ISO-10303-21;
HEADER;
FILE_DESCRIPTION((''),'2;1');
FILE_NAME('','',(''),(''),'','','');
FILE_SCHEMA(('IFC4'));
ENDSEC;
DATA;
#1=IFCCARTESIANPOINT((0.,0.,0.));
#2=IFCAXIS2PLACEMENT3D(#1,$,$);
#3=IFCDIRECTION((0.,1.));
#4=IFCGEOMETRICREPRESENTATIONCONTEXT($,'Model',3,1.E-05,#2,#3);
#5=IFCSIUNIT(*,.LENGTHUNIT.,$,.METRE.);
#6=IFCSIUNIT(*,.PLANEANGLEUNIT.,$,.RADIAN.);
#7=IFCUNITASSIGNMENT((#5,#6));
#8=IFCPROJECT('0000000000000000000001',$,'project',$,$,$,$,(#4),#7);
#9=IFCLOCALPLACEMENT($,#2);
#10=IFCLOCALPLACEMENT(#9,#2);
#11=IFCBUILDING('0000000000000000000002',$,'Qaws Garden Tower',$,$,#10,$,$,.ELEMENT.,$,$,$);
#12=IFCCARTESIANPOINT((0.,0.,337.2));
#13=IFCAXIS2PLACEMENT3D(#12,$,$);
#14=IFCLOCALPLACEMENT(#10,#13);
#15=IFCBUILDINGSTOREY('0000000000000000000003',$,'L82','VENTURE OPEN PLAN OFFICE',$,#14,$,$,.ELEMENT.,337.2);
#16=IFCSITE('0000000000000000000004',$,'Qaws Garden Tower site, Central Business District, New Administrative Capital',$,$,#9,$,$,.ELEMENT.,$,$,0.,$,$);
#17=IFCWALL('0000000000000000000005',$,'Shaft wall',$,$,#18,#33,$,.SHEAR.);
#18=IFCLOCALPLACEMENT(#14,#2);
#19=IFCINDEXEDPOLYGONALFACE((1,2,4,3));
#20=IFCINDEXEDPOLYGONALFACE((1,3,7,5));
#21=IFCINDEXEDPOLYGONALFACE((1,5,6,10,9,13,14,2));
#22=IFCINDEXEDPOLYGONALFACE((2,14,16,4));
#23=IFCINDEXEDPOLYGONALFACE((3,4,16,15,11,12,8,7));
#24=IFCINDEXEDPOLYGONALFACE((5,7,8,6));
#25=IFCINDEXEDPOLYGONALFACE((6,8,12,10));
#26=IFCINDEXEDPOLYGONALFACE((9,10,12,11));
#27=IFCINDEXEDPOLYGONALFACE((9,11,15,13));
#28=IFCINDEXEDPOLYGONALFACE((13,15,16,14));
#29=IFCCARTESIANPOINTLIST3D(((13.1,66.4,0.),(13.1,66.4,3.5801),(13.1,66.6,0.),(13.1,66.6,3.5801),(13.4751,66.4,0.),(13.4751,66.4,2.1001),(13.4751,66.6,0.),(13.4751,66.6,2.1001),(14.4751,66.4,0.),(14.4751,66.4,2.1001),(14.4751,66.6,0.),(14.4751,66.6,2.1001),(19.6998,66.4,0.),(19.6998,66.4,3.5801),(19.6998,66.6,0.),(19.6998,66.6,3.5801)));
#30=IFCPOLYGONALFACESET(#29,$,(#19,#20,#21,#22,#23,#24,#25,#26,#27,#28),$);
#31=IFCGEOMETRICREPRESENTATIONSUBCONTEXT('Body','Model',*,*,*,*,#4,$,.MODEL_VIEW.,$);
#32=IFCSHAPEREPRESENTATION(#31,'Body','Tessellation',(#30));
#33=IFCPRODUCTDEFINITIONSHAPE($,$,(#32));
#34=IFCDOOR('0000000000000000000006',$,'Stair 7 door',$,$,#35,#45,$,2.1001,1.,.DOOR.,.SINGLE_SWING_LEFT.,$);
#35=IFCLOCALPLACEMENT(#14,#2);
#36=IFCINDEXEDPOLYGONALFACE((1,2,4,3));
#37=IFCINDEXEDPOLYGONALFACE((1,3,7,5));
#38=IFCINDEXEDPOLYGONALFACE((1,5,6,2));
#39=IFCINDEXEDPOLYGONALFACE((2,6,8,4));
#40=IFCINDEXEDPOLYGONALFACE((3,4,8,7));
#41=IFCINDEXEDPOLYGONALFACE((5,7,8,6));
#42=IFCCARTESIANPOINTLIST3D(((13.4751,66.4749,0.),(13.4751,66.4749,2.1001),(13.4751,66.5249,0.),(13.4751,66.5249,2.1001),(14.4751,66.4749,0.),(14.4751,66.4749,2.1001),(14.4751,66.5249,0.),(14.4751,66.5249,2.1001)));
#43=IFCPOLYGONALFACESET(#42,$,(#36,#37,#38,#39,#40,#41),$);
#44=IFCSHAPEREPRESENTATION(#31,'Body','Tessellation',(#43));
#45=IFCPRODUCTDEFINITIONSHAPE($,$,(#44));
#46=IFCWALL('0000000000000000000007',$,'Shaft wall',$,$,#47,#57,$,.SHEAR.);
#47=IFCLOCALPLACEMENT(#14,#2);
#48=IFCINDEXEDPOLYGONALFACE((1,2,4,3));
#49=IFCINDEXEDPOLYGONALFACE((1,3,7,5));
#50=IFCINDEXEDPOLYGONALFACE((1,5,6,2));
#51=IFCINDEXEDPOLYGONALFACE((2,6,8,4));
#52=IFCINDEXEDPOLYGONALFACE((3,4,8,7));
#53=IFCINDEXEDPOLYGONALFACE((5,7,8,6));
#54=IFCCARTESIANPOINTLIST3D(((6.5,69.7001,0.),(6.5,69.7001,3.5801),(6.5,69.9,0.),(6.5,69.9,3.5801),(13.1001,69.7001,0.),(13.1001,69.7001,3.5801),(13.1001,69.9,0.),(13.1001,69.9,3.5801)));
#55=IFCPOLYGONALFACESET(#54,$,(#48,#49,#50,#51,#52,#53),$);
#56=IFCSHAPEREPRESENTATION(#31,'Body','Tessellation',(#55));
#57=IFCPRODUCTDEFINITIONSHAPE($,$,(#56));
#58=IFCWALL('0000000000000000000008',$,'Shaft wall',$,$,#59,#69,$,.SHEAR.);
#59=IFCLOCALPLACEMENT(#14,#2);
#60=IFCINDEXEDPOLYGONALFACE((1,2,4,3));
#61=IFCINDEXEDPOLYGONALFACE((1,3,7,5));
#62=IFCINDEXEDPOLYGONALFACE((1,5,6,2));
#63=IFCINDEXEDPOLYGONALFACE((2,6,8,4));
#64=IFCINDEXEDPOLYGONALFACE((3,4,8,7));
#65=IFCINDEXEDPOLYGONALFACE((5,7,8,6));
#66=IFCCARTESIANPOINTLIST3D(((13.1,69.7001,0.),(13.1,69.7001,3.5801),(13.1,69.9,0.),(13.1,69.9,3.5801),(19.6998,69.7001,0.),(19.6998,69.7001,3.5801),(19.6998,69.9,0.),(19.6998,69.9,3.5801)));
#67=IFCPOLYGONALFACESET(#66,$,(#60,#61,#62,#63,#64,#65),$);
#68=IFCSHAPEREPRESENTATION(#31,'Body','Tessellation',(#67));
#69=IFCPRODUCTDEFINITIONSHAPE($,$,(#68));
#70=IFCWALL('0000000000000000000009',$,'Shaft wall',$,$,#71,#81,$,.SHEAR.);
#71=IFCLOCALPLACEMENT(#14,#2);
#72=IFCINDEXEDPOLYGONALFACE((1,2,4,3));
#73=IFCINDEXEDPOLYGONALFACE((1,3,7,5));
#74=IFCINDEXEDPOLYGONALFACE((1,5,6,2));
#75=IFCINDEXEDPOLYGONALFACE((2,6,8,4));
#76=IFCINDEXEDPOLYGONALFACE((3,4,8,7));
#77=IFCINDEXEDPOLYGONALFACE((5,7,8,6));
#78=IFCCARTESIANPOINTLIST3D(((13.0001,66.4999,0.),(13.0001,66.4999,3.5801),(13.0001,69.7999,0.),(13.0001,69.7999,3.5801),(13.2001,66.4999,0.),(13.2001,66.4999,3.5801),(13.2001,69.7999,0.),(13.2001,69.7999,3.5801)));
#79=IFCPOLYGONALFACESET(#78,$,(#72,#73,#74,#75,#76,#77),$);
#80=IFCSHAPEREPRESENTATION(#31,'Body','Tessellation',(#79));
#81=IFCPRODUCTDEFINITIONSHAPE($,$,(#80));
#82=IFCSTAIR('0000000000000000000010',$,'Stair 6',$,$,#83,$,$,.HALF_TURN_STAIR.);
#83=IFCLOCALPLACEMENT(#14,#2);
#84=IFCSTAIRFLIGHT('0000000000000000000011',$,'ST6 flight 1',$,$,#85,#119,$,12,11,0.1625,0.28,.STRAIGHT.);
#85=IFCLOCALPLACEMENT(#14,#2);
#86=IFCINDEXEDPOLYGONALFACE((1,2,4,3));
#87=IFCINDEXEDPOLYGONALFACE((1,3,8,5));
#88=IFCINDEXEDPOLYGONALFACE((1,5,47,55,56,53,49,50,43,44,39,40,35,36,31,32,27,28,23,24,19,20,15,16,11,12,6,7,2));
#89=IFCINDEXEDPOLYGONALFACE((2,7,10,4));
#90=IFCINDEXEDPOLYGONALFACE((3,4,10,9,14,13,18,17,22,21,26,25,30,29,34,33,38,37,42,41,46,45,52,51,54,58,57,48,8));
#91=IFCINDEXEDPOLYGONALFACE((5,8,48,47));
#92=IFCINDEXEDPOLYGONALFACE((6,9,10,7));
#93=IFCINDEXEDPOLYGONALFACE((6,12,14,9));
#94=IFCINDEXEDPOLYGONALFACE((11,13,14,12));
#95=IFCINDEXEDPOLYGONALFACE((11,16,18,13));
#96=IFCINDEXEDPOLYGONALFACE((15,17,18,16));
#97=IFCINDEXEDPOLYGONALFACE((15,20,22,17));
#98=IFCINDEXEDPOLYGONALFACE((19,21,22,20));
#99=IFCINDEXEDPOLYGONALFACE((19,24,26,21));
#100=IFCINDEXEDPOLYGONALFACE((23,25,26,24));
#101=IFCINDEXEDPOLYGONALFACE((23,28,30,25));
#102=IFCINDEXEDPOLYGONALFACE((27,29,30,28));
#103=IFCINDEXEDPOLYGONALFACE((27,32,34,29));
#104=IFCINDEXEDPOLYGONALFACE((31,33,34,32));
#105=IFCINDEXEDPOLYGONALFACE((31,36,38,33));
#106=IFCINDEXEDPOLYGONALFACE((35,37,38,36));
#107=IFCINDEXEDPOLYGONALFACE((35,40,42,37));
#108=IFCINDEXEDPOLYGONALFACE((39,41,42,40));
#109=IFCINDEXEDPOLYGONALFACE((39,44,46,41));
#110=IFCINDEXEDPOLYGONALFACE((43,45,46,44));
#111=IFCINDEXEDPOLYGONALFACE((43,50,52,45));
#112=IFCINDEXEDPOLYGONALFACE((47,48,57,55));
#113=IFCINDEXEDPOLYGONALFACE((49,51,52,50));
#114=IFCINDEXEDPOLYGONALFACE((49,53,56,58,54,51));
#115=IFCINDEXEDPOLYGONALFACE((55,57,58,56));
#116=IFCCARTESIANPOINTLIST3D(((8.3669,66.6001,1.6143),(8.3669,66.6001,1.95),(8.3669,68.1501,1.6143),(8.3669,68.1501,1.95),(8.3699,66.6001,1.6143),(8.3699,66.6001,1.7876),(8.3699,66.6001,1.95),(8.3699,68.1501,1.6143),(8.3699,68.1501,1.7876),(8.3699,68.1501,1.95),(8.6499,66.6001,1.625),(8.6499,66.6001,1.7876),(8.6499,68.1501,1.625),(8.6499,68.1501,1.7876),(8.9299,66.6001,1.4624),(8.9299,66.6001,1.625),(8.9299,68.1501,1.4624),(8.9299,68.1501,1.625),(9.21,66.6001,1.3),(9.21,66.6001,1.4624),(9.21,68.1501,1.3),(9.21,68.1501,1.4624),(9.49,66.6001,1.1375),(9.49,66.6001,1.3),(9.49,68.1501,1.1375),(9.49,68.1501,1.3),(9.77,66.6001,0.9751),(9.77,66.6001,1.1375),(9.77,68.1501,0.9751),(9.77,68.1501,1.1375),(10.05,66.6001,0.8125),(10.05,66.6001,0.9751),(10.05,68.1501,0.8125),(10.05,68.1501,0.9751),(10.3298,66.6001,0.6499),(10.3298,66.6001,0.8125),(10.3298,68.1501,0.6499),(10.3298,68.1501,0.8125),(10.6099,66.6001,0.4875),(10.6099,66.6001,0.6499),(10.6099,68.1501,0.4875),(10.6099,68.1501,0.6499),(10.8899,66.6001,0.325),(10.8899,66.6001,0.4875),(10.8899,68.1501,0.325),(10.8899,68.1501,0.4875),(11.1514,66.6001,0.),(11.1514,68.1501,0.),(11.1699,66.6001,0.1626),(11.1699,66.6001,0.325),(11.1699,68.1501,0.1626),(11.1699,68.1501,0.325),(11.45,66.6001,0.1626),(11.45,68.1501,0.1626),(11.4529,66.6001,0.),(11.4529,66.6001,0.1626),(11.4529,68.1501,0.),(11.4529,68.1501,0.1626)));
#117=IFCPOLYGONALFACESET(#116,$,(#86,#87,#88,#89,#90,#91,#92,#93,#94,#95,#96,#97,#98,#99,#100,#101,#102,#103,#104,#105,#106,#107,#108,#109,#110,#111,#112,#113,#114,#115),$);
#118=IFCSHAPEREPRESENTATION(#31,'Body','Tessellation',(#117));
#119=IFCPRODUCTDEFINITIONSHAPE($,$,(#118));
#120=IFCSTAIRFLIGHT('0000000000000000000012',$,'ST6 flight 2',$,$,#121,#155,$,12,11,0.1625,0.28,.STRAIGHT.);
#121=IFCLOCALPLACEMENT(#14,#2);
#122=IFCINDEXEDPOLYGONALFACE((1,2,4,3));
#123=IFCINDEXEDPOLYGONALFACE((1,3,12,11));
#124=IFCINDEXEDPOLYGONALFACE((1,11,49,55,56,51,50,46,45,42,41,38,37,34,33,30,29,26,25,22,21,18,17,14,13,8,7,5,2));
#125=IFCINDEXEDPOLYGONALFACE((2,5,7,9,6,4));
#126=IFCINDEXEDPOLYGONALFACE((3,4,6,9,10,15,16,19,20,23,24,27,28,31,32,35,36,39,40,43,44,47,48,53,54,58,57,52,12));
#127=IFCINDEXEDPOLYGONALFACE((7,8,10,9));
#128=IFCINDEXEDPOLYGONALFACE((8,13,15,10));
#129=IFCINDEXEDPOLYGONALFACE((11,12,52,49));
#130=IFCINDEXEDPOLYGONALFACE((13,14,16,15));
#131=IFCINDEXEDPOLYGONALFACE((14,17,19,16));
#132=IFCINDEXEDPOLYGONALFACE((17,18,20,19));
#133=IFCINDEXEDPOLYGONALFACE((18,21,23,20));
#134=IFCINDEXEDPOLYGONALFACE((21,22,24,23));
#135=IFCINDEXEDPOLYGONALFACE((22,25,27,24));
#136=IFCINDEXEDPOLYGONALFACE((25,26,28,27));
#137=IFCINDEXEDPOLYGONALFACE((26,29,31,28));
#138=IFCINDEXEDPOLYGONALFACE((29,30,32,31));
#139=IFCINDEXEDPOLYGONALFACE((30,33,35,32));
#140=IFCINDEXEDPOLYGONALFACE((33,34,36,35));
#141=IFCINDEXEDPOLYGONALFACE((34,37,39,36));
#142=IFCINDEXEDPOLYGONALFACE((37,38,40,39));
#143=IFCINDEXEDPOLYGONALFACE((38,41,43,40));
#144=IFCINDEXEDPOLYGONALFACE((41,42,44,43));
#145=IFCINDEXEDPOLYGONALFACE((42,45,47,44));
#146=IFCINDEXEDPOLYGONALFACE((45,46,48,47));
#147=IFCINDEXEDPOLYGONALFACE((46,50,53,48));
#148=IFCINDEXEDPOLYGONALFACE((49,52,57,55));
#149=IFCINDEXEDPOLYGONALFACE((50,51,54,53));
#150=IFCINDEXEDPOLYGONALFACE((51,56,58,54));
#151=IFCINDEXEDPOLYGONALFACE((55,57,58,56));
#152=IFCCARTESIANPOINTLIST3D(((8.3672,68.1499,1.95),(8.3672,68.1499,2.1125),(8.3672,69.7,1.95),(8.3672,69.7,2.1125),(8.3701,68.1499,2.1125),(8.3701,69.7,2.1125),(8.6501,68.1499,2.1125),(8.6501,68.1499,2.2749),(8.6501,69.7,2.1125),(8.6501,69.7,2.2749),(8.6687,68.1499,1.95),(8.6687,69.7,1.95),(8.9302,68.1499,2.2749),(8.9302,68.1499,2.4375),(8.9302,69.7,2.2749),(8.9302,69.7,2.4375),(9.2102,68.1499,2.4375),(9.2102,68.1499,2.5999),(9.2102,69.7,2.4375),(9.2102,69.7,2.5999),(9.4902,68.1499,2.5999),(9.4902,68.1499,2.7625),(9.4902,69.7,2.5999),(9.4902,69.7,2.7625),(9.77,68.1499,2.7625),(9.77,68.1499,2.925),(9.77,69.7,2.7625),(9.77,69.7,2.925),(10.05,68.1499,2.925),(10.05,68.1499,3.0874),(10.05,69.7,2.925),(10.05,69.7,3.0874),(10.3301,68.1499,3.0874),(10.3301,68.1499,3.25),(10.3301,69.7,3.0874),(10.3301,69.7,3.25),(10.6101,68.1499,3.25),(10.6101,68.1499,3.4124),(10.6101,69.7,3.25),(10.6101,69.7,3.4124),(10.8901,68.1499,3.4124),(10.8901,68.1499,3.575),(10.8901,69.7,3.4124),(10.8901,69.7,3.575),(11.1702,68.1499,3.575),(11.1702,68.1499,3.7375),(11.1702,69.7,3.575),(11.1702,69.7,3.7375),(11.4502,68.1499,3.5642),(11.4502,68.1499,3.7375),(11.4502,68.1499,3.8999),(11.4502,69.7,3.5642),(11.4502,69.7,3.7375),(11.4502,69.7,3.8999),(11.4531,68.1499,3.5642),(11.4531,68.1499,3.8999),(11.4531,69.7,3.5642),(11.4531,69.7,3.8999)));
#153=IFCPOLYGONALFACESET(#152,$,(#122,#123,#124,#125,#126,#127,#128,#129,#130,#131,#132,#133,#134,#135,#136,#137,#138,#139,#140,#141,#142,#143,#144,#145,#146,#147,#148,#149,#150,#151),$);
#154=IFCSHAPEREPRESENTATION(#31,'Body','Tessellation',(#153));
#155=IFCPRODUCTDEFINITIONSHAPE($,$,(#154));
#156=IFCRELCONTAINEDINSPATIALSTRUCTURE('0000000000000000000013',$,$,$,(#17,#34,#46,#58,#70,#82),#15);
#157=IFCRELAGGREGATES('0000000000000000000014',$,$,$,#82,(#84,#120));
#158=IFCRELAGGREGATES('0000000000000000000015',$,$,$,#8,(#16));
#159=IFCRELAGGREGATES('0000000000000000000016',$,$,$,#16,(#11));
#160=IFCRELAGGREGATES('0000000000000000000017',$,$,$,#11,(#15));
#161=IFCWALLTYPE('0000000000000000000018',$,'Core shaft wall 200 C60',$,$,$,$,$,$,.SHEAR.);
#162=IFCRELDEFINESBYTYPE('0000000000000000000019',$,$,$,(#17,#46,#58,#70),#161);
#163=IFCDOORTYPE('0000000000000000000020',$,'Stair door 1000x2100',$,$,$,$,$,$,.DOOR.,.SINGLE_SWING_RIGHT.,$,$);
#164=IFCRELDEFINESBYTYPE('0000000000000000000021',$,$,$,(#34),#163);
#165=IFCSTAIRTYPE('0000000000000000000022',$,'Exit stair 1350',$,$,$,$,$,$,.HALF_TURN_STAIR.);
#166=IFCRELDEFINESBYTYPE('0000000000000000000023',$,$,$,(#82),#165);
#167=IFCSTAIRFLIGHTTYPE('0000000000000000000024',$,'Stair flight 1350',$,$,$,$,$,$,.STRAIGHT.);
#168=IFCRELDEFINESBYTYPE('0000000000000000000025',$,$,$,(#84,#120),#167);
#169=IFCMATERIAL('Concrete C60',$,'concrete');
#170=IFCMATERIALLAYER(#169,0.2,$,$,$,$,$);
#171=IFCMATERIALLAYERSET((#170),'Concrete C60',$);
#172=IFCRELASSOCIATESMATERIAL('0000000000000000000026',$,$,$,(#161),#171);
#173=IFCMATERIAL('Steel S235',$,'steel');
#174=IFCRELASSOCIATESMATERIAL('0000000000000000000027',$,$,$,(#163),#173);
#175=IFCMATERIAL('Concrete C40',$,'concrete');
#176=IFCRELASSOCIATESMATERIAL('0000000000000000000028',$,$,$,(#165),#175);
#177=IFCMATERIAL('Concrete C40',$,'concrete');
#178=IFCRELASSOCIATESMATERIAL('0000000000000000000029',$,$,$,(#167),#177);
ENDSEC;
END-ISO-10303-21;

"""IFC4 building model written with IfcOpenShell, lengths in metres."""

from ifc_helpers import new_model, si_unit, direction, frame, frame_2d, origin, place, context, subcontext, project, spatial, polyline, rectangle, outline, extrude, material, layer, layer_set, type_object, element, fill, aggregate, save


model = new_model("IFC4")

# Units and contexts
model_context = context("Model", 3, precision=1e-05, world=origin(), true_north=direction((0.0, 1.0)))
body_context = subcontext(model_context, "Body", "Model", "MODEL_VIEW")
ifc_project = project(units=[si_unit("LENGTHUNIT", "METRE"), si_unit("PLANEANGLEUNIT", "RADIAN")], contexts=[model_context])

# Site, building, storey
site_placement = place(None, origin())
site = spatial("IfcSite", under=ifc_project, at=site_placement, Name="Qaws Garden Tower site, Central Business District, New Administrative Capital", CompositionType="ELEMENT", RefElevation=0.0)
building_placement = place(site_placement, origin())
building = spatial("IfcBuilding", under=site, at=building_placement, Name="Qaws Garden Tower", CompositionType="ELEMENT")
storey_placement = place(building_placement, frame((0.0, 0.0, 337.2)))
storey = spatial("IfcBuildingStorey", under=building, at=storey_placement, Name="L82", Description="VENTURE OPEN PLAN OFFICE", CompositionType="ELEMENT", Elevation=337.2)

# Wall, opening, door
ifc_material_1 = material(Name="Concrete C60", Category="concrete")
ifc_layer_1 = layer(ifc_material_1, 0.2)
ifc_layer_set_1 = layer_set([ifc_layer_1], Name="Concrete C60")
wall_type_1 = type_object("IfcWallType", Name="Core shaft wall 200 C60", PredefinedType="SHEAR", material=ifc_layer_set_1)
wall_1_placement = place(storey_placement, frame((13.1001, 66.5, 0.0), z_axis=(0.0, 0.0, 1.0), x_axis=(1.0, 0.0, 0.0)))
wall_1 = element("IfcWall", 1, at=wall_1_placement, inside=storey, type_object=wall_type_1, Name="Shaft wall", PredefinedType="SHEAR", context=body_context, shape_type="SweptSolid", body=[
    extrude(rectangle(XDim=6.5999, YDim=0.2, at=frame_2d((3.2998, 0.0))), origin(), (0.0, 0.0, 1.0), 3.5801),
])
opening_1_placement = place(wall_1_placement, frame((0.375, 0.0, 0.0)))
opening_1 = element("IfcOpeningElement", 2, at=opening_1_placement, cuts=wall_1, PredefinedType="OPENING", context=body_context, shape_type="SweptSolid", body=[
    extrude(rectangle(XDim=1.0, YDim=2.1001, at=frame_2d((0.5, 1.05))), frame((0.0, 0.1099, 0.0), z_axis=(0.0, -1.0, 0.0), x_axis=(1.0, 0.0, 0.0)), (0.0, 0.0, 1.0), 0.22),
])
ifc_material_2 = material(Name="Steel S235", Category="steel")
door_type = type_object("IfcDoorType", Name="Stair door 1000x2100", OperationType="SINGLE_SWING_RIGHT", PredefinedType="DOOR", material=ifc_material_2)
door_placement = place(opening_1_placement, origin())
door = element("IfcDoor", 3, at=door_placement, inside=storey, type_object=door_type, Name="Stair 7 door", OperationType="SINGLE_SWING_LEFT", OverallHeight=2.1001, OverallWidth=1.0, PredefinedType="DOOR", context=body_context, shape_type="SweptSolid", body=[
    extrude(rectangle(XDim=1.0, YDim=2.1001, at=frame_2d((0.5, 1.05))), frame((0.0, 0.0249, 0.0), z_axis=(0.0, -1.0, 0.0), x_axis=(1.0, 0.0, 0.0)), (0.0, 0.0, 1.0), 0.05),
])
fill(opening_1, door)

# Walls
wall_2_placement = place(storey_placement, frame((6.5, 69.8, 0.0), z_axis=(0.0, 0.0, 1.0), x_axis=(1.0, 0.0, 0.0)))
element("IfcWall", 4, at=wall_2_placement, inside=storey, type_object=wall_type_1, Name="Shaft wall", PredefinedType="SHEAR", context=body_context, shape_type="SweptSolid", body=[
    extrude(rectangle(XDim=6.6001, YDim=0.2, at=frame_2d((3.3, 0.0))), origin(), (0.0, 0.0, 1.0), 3.5801),
])
wall_3_placement = place(storey_placement, frame((13.1001, 69.8, 0.0), z_axis=(0.0, 0.0, 1.0), x_axis=(1.0, 0.0, 0.0)))
element("IfcWall", 5, at=wall_3_placement, inside=storey, type_object=wall_type_1, Name="Shaft wall", PredefinedType="SHEAR", context=body_context, shape_type="SweptSolid", body=[
    extrude(rectangle(XDim=6.5999, YDim=0.2, at=frame_2d((3.2998, 0.0))), origin(), (0.0, 0.0, 1.0), 3.5801),
])
wall_4_placement = place(storey_placement, frame((13.1001, 66.5, 0.0), z_axis=(0.0, 0.0, 1.0), x_axis=(0.0, 1.0, 0.0)))
element("IfcWall", 6, at=wall_4_placement, inside=storey, type_object=wall_type_1, Name="Shaft wall", PredefinedType="SHEAR", context=body_context, shape_type="SweptSolid", body=[
    extrude(rectangle(XDim=3.3, YDim=0.2, at=frame_2d((1.6499, 0.0))), origin(), (0.0, 0.0, 1.0), 3.5801),
])

# Stair, stair flights
ifc_material_3 = material(Name="Concrete C40", Category="concrete")
stair_type = type_object("IfcStairType", Name="Exit stair 1350", PredefinedType="HALF_TURN_STAIR", material=ifc_material_3)
stair_placement = place(storey_placement, origin())
stair = element("IfcStair", 7, at=stair_placement, inside=storey, type_object=stair_type, Name="Stair 6", PredefinedType="HALF_TURN_STAIR")
ifc_material_4 = material(Name="Concrete C40", Category="concrete")
stair_flight_type = type_object("IfcStairFlightType", Name="Stair flight 1350", PredefinedType="STRAIGHT", material=ifc_material_4)
stair_flight_1_placement = place(storey_placement, frame((11.45, 67.375, 0.0), z_axis=(0.0, 0.0, 1.0), x_axis=(-1.0, 0.0, 0.0)))
stair_flight_1 = element("IfcStairFlight", 8, at=stair_flight_1_placement, type_object=stair_flight_type, Name="ST6 flight 1", NumberOfRisers=12, NumberOfTreads=11, PredefinedType="STRAIGHT", RiserHeight=0.1625, TreadLength=0.28, context=body_context, shape_type="SweptSolid", body=[
    extrude(outline(polyline([(-0.0029, 0.0), (-0.0029, 0.1626), (0.0, 0.1626), (0.28, 0.1626), (0.28, 0.325), (0.5601, 0.325), (0.5601, 0.4875), (0.8401, 0.4875), (0.8401, 0.6499), (1.1201, 0.6499), (1.1201, 0.8125), (1.3999, 0.8125), (1.3999, 0.9751), (1.6799, 0.9751), (1.6799, 1.1375), (1.96, 1.1375), (1.96, 1.3), (2.24, 1.3), (2.24, 1.4624), (2.52, 1.4624), (2.52, 1.625), (2.8, 1.625), (2.8, 1.7876), (3.0801, 1.7876), (3.0801, 1.95), (3.083, 1.95), (3.083, 1.6143), (3.0801, 1.6143), (0.2986, 0.0), (-0.0029, 0.0)])), frame((0.0, 0.7749, 0.0), z_axis=(0.0, -1.0, 0.0), x_axis=(1.0, 0.0, 0.0)), (0.0, 0.0, 1.0), 1.55),
])
stair_flight_2_placement = place(storey_placement, frame((8.3701, 68.925, 1.95), z_axis=(0.0, 0.0, 1.0), x_axis=(1.0, 0.0, 0.0)))
stair_flight_2 = element("IfcStairFlight", 9, at=stair_flight_2_placement, type_object=stair_flight_type, Name="ST6 flight 2", NumberOfRisers=12, NumberOfTreads=11, PredefinedType="STRAIGHT", RiserHeight=0.1625, TreadLength=0.28, context=body_context, shape_type="SweptSolid", body=[
    extrude(outline(polyline([(-0.0029, 0.0), (-0.0029, 0.1626), (0.0, 0.1626), (0.28, 0.1626), (0.28, 0.325), (0.5601, 0.325), (0.5601, 0.4875), (0.8401, 0.4875), (0.8401, 0.6499), (1.1201, 0.6499), (1.1201, 0.8125), (1.3999, 0.8125), (1.3999, 0.9751), (1.6799, 0.9751), (1.6799, 1.1375), (1.96, 1.1375), (1.96, 1.3), (2.24, 1.3), (2.24, 1.4624), (2.52, 1.4624), (2.52, 1.625), (2.8, 1.625), (2.8, 1.7876), (3.0801, 1.7876), (3.0801, 1.95), (3.083, 1.95), (3.083, 1.6143), (3.0801, 1.6143), (0.2986, 0.0), (-0.0029, 0.0)])), frame((0.0, 0.7749, 0.0), z_axis=(0.0, -1.0, 0.0), x_axis=(1.0, 0.0, 0.0)), (0.0, 0.0, 1.0), 1.55),
])
aggregate(stair, [stair_flight_1, stair_flight_2])

save(model, "model.ifc")
